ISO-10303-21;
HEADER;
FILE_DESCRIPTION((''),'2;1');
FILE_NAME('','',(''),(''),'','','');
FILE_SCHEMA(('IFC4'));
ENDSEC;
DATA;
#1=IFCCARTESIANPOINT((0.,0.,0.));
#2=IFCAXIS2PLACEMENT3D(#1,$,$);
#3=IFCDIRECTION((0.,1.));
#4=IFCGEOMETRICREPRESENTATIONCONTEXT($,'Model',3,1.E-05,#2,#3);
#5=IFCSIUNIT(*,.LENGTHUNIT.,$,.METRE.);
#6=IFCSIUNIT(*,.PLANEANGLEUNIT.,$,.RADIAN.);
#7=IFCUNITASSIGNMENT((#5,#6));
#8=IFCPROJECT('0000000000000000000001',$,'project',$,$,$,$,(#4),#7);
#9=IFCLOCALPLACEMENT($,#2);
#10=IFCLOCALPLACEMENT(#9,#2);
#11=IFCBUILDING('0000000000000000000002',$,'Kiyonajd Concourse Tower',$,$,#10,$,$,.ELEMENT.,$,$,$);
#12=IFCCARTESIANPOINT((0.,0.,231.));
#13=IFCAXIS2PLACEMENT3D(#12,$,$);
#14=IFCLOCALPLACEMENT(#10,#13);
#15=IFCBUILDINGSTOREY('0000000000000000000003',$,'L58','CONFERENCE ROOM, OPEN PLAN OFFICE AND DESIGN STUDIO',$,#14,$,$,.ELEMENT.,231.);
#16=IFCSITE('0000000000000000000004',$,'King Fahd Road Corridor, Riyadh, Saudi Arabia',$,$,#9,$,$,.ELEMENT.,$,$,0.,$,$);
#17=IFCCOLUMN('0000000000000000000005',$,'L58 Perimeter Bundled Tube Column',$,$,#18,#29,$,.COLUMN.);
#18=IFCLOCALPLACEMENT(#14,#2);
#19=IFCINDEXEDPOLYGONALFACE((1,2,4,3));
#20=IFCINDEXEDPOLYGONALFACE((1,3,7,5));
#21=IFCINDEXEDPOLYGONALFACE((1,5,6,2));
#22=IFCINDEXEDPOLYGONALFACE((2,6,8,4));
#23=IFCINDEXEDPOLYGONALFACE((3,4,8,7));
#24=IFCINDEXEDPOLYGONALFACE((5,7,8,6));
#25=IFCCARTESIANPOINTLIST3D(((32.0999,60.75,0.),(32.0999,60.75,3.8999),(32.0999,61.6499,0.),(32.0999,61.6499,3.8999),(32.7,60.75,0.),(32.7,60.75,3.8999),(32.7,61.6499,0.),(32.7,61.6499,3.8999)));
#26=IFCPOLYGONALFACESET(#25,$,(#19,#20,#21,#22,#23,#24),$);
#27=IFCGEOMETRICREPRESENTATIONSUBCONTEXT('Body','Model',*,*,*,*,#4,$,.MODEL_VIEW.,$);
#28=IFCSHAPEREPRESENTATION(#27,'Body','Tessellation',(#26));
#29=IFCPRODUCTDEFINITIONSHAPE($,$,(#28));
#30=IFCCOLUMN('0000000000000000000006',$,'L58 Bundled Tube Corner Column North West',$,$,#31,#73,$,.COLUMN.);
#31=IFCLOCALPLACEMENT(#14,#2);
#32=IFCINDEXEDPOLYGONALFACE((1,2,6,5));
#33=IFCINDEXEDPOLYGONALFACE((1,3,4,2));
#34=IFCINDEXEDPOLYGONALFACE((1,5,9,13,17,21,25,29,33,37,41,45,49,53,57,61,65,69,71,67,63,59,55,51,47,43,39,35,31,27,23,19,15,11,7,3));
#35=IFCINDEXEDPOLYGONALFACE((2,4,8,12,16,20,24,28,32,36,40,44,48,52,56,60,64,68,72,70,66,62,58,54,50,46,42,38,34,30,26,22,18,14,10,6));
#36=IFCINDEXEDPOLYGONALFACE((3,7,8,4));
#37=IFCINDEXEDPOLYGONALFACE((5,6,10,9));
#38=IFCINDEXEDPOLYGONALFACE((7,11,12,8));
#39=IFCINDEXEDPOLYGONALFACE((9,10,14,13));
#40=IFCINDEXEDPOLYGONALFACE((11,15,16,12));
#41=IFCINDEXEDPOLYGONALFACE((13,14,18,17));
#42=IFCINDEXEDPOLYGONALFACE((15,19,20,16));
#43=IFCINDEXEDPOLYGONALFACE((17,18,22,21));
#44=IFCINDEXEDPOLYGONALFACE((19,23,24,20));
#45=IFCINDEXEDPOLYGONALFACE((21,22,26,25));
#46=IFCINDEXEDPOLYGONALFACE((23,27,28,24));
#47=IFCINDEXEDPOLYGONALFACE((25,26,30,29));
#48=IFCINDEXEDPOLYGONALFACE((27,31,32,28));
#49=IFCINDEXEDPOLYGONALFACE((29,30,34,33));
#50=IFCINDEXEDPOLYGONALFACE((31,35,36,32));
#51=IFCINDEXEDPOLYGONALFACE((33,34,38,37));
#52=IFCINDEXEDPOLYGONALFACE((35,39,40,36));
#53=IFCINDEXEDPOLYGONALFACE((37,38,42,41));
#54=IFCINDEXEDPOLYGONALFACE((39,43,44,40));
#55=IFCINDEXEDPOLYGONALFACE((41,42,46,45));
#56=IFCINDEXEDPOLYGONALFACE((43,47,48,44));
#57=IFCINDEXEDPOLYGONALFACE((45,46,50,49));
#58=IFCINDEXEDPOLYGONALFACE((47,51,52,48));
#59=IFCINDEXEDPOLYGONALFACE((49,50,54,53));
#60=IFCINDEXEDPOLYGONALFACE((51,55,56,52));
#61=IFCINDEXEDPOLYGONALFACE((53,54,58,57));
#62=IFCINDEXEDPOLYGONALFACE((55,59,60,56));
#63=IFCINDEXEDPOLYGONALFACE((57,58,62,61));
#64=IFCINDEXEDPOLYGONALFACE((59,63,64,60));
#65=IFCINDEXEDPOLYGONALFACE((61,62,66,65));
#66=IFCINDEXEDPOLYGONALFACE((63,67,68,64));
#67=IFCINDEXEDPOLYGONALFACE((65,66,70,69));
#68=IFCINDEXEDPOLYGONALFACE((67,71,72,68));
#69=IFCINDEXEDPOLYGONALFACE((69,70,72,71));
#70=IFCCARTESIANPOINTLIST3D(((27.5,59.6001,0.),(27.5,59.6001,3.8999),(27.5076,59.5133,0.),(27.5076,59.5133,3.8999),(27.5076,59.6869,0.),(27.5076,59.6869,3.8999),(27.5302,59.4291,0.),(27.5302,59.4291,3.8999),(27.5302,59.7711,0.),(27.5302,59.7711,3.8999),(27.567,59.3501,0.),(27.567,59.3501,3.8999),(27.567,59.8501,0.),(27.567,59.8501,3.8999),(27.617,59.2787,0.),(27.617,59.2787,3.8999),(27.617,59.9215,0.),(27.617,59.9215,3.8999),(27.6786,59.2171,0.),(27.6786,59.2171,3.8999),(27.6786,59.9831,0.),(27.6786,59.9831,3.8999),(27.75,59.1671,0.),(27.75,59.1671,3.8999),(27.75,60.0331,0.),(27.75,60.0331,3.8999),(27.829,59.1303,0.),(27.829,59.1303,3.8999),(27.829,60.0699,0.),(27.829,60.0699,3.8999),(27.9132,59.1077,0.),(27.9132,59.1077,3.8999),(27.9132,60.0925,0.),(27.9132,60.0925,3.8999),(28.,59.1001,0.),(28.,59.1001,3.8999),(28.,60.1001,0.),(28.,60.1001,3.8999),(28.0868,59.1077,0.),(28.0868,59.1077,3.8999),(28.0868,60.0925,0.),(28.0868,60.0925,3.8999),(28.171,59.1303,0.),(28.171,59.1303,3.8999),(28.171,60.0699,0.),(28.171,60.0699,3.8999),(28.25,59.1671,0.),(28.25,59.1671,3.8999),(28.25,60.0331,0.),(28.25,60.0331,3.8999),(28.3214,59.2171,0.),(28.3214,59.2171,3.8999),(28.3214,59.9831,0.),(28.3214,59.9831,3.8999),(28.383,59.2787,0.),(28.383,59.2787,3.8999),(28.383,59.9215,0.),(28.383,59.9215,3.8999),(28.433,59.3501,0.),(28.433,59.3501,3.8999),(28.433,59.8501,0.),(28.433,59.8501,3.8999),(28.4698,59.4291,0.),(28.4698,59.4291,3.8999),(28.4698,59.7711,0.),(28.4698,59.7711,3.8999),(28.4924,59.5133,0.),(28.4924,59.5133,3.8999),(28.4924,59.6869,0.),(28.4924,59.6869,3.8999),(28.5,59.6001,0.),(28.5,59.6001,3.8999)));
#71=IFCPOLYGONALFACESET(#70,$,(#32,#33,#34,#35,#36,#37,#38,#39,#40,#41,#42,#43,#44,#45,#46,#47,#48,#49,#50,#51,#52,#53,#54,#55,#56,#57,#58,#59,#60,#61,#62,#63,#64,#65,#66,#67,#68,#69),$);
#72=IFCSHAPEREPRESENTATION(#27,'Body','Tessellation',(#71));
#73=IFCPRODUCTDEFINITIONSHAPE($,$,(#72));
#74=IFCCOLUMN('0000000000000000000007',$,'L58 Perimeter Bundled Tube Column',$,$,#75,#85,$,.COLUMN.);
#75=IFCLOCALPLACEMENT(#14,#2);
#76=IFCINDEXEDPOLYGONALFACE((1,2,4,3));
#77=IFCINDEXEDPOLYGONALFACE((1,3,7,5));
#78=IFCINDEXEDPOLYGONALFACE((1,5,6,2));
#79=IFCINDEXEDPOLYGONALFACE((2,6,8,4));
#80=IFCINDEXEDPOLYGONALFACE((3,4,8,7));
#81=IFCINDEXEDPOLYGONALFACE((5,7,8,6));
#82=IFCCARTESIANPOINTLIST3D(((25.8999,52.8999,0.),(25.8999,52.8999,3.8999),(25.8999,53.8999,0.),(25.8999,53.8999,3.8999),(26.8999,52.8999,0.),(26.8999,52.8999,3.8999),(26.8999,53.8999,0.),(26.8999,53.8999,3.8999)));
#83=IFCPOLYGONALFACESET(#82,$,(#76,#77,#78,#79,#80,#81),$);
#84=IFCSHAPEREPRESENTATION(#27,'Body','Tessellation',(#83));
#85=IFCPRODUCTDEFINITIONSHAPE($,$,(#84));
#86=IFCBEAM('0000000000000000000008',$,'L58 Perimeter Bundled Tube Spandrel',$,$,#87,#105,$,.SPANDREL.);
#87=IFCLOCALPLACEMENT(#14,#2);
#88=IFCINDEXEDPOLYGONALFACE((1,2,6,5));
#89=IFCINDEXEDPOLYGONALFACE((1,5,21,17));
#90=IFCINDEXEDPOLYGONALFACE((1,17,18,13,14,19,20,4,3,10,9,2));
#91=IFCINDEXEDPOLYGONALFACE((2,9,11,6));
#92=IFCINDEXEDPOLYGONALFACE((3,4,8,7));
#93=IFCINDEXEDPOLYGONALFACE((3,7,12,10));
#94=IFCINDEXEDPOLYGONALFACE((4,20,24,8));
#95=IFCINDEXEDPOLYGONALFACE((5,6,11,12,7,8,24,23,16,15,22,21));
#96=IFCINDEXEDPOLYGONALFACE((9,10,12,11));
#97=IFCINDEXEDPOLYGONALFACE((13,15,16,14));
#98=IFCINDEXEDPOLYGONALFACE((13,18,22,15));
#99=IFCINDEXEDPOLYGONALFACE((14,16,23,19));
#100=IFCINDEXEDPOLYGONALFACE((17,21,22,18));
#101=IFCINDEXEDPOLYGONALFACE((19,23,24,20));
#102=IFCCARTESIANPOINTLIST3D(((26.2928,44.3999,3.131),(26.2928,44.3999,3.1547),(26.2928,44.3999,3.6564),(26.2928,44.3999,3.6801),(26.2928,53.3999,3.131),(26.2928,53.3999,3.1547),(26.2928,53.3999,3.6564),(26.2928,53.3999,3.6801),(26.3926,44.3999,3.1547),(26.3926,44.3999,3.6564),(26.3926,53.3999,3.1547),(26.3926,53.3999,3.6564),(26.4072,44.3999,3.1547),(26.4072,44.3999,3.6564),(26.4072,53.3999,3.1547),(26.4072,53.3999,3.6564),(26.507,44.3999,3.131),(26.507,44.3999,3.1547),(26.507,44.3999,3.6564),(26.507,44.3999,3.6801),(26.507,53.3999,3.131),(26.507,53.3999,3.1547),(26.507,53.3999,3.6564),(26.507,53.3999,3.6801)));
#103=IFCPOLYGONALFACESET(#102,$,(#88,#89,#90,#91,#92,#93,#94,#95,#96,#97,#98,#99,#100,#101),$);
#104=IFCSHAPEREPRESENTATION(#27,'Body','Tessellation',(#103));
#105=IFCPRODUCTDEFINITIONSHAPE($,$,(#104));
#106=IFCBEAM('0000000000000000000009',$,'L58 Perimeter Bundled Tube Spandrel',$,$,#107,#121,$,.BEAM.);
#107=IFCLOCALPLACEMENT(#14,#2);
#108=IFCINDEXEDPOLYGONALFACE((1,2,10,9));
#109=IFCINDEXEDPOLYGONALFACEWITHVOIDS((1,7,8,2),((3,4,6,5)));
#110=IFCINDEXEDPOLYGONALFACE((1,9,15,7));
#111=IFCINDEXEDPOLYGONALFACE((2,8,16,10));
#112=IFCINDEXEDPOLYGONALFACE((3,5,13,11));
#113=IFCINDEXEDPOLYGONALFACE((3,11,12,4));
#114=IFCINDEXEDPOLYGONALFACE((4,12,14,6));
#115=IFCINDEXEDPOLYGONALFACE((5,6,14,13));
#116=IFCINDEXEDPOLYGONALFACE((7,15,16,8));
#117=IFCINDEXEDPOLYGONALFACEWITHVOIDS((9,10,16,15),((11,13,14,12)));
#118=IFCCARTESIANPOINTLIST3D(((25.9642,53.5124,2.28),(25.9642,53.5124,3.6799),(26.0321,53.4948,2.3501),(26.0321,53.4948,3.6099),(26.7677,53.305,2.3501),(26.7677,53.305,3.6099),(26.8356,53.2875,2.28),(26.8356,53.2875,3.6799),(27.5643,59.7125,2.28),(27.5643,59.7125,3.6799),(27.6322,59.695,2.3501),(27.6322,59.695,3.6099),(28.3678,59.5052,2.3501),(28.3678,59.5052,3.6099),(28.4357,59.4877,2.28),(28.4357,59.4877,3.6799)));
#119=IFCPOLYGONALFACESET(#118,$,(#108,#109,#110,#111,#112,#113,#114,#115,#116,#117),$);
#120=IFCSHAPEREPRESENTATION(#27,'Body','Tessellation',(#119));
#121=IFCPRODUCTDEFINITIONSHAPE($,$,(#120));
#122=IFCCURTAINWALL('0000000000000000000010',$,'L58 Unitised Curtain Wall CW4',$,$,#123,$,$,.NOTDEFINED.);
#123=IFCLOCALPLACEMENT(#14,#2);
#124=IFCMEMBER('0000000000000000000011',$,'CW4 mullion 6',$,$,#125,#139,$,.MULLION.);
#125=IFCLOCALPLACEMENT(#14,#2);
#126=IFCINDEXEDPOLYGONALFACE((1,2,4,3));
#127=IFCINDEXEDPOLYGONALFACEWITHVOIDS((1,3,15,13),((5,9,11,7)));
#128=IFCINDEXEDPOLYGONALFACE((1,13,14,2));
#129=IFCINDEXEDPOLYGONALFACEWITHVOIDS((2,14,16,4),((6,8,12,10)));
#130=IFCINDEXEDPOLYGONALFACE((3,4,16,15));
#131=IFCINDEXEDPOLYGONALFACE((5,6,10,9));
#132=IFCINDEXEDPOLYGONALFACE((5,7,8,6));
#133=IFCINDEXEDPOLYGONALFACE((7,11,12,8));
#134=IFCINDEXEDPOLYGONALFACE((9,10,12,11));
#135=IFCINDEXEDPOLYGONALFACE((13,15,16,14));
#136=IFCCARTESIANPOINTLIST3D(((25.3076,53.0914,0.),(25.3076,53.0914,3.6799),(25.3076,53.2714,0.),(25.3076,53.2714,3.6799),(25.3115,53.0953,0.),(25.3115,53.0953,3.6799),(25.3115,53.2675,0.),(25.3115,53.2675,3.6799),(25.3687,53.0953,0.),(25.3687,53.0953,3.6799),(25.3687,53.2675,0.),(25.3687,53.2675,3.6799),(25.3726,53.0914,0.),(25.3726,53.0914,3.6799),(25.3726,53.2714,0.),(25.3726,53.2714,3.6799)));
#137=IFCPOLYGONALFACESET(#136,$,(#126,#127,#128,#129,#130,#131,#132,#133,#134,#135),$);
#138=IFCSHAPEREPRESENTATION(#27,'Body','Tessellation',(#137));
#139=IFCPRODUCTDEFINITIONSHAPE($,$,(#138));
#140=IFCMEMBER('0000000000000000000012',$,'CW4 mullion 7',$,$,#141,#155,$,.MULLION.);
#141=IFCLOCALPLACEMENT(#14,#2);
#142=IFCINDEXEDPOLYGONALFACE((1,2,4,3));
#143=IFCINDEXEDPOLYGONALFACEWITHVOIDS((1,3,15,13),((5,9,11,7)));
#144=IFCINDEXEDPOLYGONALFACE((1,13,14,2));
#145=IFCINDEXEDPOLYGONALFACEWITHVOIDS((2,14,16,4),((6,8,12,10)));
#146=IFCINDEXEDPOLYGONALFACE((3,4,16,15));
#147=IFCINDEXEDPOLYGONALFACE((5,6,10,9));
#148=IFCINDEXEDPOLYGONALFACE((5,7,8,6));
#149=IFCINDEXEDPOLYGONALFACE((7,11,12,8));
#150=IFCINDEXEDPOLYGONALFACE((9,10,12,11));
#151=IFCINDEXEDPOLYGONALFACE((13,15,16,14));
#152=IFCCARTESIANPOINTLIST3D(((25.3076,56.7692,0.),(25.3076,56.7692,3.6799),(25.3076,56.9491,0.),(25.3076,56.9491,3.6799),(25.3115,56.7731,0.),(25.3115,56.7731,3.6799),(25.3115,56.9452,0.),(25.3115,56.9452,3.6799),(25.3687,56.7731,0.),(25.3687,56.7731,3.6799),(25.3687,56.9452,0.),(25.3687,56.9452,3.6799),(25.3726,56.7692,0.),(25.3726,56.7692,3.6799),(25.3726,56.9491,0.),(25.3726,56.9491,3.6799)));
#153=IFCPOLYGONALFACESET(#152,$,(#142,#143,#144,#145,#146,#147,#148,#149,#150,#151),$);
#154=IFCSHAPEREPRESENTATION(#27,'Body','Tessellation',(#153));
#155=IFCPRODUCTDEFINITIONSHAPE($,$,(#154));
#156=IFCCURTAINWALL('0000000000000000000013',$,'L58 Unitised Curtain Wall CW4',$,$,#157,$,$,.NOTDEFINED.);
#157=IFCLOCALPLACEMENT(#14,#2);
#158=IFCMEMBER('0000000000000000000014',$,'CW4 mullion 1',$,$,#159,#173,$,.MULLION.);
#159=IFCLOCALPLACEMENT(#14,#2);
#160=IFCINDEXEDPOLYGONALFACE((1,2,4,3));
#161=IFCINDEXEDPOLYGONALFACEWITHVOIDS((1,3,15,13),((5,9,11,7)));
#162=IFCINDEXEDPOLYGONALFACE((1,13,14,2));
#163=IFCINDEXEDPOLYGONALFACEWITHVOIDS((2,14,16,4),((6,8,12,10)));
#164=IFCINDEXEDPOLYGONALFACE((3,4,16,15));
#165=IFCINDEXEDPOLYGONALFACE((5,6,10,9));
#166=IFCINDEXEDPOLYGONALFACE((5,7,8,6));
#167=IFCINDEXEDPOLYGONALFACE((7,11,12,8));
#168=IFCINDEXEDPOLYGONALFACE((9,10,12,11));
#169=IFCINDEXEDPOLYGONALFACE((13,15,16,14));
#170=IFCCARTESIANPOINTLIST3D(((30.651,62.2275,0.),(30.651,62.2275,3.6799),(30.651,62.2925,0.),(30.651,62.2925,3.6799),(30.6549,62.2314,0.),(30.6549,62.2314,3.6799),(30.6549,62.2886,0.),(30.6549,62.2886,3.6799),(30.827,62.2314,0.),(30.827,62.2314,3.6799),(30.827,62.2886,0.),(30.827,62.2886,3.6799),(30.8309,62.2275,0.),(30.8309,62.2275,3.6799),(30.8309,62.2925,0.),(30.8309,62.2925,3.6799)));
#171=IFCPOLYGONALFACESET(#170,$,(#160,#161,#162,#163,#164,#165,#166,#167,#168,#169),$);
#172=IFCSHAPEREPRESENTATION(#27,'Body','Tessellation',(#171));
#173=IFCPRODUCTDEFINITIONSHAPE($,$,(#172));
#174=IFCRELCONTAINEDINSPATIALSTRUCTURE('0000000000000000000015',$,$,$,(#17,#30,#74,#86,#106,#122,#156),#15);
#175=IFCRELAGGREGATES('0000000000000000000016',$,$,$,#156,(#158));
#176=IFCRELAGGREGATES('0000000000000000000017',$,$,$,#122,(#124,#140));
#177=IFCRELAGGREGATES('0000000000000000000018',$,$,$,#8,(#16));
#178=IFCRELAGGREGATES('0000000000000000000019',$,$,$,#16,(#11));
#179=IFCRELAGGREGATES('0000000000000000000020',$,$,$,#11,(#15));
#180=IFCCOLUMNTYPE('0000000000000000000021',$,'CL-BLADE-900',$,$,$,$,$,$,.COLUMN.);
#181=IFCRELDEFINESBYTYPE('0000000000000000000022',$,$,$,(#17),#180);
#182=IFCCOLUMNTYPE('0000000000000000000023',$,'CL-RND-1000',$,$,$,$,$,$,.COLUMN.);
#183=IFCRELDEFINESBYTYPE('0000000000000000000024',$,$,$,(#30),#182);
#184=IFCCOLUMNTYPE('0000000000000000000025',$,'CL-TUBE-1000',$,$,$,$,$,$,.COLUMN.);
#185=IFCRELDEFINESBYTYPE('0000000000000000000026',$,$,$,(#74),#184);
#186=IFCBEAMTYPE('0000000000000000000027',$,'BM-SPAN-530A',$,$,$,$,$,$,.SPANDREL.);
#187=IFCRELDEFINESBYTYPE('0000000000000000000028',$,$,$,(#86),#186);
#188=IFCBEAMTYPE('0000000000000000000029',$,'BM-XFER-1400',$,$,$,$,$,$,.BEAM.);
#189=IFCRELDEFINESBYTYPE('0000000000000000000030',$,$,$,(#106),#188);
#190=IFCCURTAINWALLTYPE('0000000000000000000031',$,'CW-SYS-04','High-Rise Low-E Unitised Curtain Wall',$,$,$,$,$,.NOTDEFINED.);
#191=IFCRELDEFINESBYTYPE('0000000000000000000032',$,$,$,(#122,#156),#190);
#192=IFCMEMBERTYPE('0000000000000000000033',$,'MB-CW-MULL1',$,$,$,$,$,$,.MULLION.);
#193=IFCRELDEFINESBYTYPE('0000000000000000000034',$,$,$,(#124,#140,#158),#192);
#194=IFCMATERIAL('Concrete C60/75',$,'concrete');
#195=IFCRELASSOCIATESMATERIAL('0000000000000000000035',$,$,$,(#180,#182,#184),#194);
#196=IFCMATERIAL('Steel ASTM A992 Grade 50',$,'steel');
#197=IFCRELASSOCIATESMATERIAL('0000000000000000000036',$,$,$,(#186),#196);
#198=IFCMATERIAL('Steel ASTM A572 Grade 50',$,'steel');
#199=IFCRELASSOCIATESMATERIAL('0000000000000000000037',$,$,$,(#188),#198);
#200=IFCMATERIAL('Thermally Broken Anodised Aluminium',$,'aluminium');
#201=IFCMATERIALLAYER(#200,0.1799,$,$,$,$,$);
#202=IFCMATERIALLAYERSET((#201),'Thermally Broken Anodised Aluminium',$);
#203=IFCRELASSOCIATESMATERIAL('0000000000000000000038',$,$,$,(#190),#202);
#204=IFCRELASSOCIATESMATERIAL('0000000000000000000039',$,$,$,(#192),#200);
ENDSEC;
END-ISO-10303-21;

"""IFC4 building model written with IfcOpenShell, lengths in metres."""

from ifc_helpers import new_model, si_unit, direction, frame, origin, origin_2d, place, context, subcontext, project, spatial, rectangle, hollow_rectangle, circle, i_section, extrude, material, layer, layer_set, material_profile, profile_set, type_object, element, aggregate, save


model = new_model("IFC4")

# Units and contexts
model_context = context("Model", 3, precision=1e-05, world=origin(), true_north=direction((0.0, 1.0)))
body_context = subcontext(model_context, "Body", "Model", "MODEL_VIEW")
ifc_project = project(units=[si_unit("LENGTHUNIT", "METRE"), si_unit("PLANEANGLEUNIT", "RADIAN")], contexts=[model_context])

# Site, building, storey
site_placement = place(None, origin())
site = spatial("IfcSite", under=ifc_project, at=site_placement, Name="King Fahd Road Corridor, Riyadh, Saudi Arabia", CompositionType="ELEMENT", RefElevation=0.0)
building_placement = place(site_placement, origin())
building = spatial("IfcBuilding", under=site, at=building_placement, Name="Kiyonajd Concourse Tower", CompositionType="ELEMENT")
storey_placement = place(building_placement, frame((0.0, 0.0, 231.0)))
storey = spatial("IfcBuildingStorey", under=building, at=storey_placement, Name="L58", Description="CONFERENCE ROOM, OPEN PLAN OFFICE AND DESIGN STUDIO", CompositionType="ELEMENT", Elevation=231.0)

# Columns
ifc_material_1 = material(Name="Concrete C60/75", Category="concrete")
ifc_material_profile_1 = material_profile(ifc_material_1, rectangle(XDim=0.6001, YDim=0.8999, at=origin_2d()), Name="RC-900x600")
ifc_profile_set_1 = profile_set([ifc_material_profile_1], Name="Concrete C60/75")
column_type_1 = type_object("IfcColumnType", Name="CL-BLADE-900", PredefinedType="COLUMN", material=ifc_profile_set_1)
column_1_placement = place(storey_placement, frame((32.3999, 61.2, 0.0), z_axis=(0.0, 0.0, 1.0), x_axis=(1.0, 0.0, 0.0)))
element("IfcColumn", 1, at=column_1_placement, inside=storey, type_object=column_type_1, Name="L58 Perimeter Bundled Tube Column", PredefinedType="COLUMN", context=body_context, shape_type="SweptSolid", body=[
    extrude(rectangle(XDim=0.6001, YDim=0.8999, at=origin_2d()), origin(), (0.0, 0.0, 1.0), 3.8999),
])
ifc_material_profile_2 = material_profile(ifc_material_1, circle(Radius=0.5, at=origin_2d()), Name="RCC-D1000")
ifc_profile_set_2 = profile_set([ifc_material_profile_2], Name="Concrete C60/75")
column_type_2 = type_object("IfcColumnType", Name="CL-RND-1000", PredefinedType="COLUMN", material=ifc_profile_set_2)
column_2_placement = place(storey_placement, frame((28.0, 59.6001, 0.0), z_axis=(0.0, 0.0, 1.0), x_axis=(1.0, 0.0, 0.0)))
element("IfcColumn", 2, at=column_2_placement, inside=storey, type_object=column_type_2, Name="L58 Bundled Tube Corner Column North West", PredefinedType="COLUMN", context=body_context, shape_type="SweptSolid", body=[
    extrude(circle(Radius=0.5, at=origin_2d()), origin(), (0.0, 0.0, 1.0), 3.8999),
])
ifc_material_profile_3 = material_profile(ifc_material_1, rectangle(XDim=1.0, YDim=1.0, at=origin_2d()), Name="RC-1000x1000")
ifc_profile_set_3 = profile_set([ifc_material_profile_3], Name="Concrete C60/75")
column_type_3 = type_object("IfcColumnType", Name="CL-TUBE-1000", PredefinedType="COLUMN", material=ifc_profile_set_3)
column_3_placement = place(storey_placement, frame((26.3999, 53.3999, 0.0), z_axis=(0.0, 0.0, 1.0), x_axis=(1.0, 0.0, 0.0)))
element("IfcColumn", 3, at=column_3_placement, inside=storey, type_object=column_type_3, Name="L58 Perimeter Bundled Tube Column", PredefinedType="COLUMN", context=body_context, shape_type="SweptSolid", body=[
    extrude(rectangle(XDim=1.0, YDim=1.0, at=origin_2d()), origin(), (0.0, 0.0, 1.0), 3.8999),
])

# Beams
ifc_material_2 = material(Name="Steel ASTM A992 Grade 50", Category="steel")
ifc_material_profile_4 = material_profile(ifc_material_2, i_section(OverallWidth=0.2141, OverallDepth=0.5491, WebThickness=0.0146, FlangeThickness=0.0237, at=origin_2d()), Name="W530X138")
ifc_profile_set_4 = profile_set([ifc_material_profile_4], Name="Steel ASTM A992 Grade 50")
beam_type_1 = type_object("IfcBeamType", Name="BM-SPAN-530A", PredefinedType="SPANDREL", material=ifc_profile_set_4)
beam_1_placement = place(storey_placement, frame((26.3999, 53.3999, 3.4055), z_axis=(0.0, -1.0, 0.0), x_axis=(1.0, 0.0, 0.0)))
element("IfcBeam", 4, at=beam_1_placement, inside=storey, type_object=beam_type_1, Name="L58 Perimeter Bundled Tube Spandrel", PredefinedType="SPANDREL", context=body_context, shape_type="SweptSolid", body=[
    extrude(i_section(OverallWidth=0.2141, OverallDepth=0.5491, WebThickness=0.0146, FlangeThickness=0.0237, at=origin_2d()), origin(), (0.0, 0.0, 1.0), 9.0),
])
ifc_material_3 = material(Name="Steel ASTM A572 Grade 50", Category="steel")
ifc_material_profile_5 = material_profile(ifc_material_3, hollow_rectangle(XDim=0.8999, YDim=1.3999, WallThickness=0.0701, at=origin_2d()), Name="BOX-1400x900x70")
ifc_profile_set_5 = profile_set([ifc_material_profile_5], Name="Steel ASTM A572 Grade 50")
beam_type_2 = type_object("IfcBeamType", Name="BM-XFER-1400", PredefinedType="BEAM", material=ifc_profile_set_5)
beam_2_placement = place(storey_placement, frame((28.0, 59.6001, 2.98), z_axis=(-0.249885, -0.968276, 0.0), x_axis=(0.968276, -0.249885, 0.0)))
element("IfcBeam", 5, at=beam_2_placement, inside=storey, type_object=beam_type_2, Name="L58 Perimeter Bundled Tube Spandrel", PredefinedType="BEAM", context=body_context, shape_type="SweptSolid", body=[
    extrude(hollow_rectangle(XDim=0.8999, YDim=1.3999, WallThickness=0.0701, at=origin_2d()), origin(), (0.0, 0.0, 1.0), 6.4033),
])

# Curtain wall, members
ifc_material_4 = material(Name="Thermally Broken Anodised Aluminium", Category="aluminium")
ifc_layer_1 = layer(ifc_material_4, 0.1799)
ifc_layer_set_1 = layer_set([ifc_layer_1], Name="Thermally Broken Anodised Aluminium")
curtain_wall_type = type_object("IfcCurtainWallType", Name="CW-SYS-04", Description="High-Rise Low-E Unitised Curtain Wall", PredefinedType="NOTDEFINED", material=ifc_layer_set_1)
curtain_wall_1_placement = place(storey_placement, origin())
curtain_wall_1 = element("IfcCurtainWall", 6, at=curtain_wall_1_placement, inside=storey, type_object=curtain_wall_type, Name="L58 Unitised Curtain Wall CW4", PredefinedType="NOTDEFINED")
ifc_material_profile_6 = material_profile(ifc_material_4, hollow_rectangle(XDim=0.0649, YDim=0.1799, WallThickness=0.0039, at=origin_2d()), Name="MULL-65x180")
ifc_profile_set_6 = profile_set([ifc_material_profile_6], Name="Thermally Broken Anodised Aluminium")
member_type_1 = type_object("IfcMemberType", Name="MB-CW-MULL1", PredefinedType="MULLION", material=ifc_profile_set_6)
member_1_placement = place(storey_placement, frame((25.3401, 53.1814, 0.0), z_axis=(0.0, 0.0, 1.0), x_axis=(-1.0, 0.0, 0.0)))
member_1 = element("IfcMember", 7, at=member_1_placement, type_object=member_type_1, Name="CW4 mullion 6", PredefinedType="MULLION", context=body_context, shape_type="SweptSolid", body=[
    extrude(hollow_rectangle(XDim=0.0649, YDim=0.1799, WallThickness=0.0039, at=origin_2d()), origin(), (0.0, 0.0, 1.0), 3.6799),
])
member_2_placement = place(storey_placement, frame((25.3401, 56.8591, 0.0), z_axis=(0.0, 0.0, 1.0), x_axis=(-1.0, 0.0, 0.0)))
member_2 = element("IfcMember", 8, at=member_2_placement, type_object=member_type_1, Name="CW4 mullion 7", PredefinedType="MULLION", context=body_context, shape_type="SweptSolid", body=[
    extrude(hollow_rectangle(XDim=0.0649, YDim=0.1799, WallThickness=0.0039, at=origin_2d()), origin(), (0.0, 0.0, 1.0), 3.6799),
])

# Curtain wall, member
curtain_wall_2_placement = place(storey_placement, origin())
curtain_wall_2 = element("IfcCurtainWall", 9, at=curtain_wall_2_placement, inside=storey, type_object=curtain_wall_type, Name="L58 Unitised Curtain Wall CW4", PredefinedType="NOTDEFINED")
member_3_placement = place(storey_placement, frame((30.741, 62.26, 0.0), z_axis=(0.0, 0.0, 1.0), x_axis=(0.0, 1.0, 0.0)))
member_3 = element("IfcMember", 10, at=member_3_placement, type_object=member_type_1, Name="CW4 mullion 1", PredefinedType="MULLION", context=body_context, shape_type="SweptSolid", body=[
    extrude(hollow_rectangle(XDim=0.0649, YDim=0.1799, WallThickness=0.0039, at=origin_2d()), origin(), (0.0, 0.0, 1.0), 3.6799),
])

aggregate(curtain_wall_2, [member_3])

aggregate(curtain_wall_1, [member_1, member_2])

save(model, "model.ifc")
